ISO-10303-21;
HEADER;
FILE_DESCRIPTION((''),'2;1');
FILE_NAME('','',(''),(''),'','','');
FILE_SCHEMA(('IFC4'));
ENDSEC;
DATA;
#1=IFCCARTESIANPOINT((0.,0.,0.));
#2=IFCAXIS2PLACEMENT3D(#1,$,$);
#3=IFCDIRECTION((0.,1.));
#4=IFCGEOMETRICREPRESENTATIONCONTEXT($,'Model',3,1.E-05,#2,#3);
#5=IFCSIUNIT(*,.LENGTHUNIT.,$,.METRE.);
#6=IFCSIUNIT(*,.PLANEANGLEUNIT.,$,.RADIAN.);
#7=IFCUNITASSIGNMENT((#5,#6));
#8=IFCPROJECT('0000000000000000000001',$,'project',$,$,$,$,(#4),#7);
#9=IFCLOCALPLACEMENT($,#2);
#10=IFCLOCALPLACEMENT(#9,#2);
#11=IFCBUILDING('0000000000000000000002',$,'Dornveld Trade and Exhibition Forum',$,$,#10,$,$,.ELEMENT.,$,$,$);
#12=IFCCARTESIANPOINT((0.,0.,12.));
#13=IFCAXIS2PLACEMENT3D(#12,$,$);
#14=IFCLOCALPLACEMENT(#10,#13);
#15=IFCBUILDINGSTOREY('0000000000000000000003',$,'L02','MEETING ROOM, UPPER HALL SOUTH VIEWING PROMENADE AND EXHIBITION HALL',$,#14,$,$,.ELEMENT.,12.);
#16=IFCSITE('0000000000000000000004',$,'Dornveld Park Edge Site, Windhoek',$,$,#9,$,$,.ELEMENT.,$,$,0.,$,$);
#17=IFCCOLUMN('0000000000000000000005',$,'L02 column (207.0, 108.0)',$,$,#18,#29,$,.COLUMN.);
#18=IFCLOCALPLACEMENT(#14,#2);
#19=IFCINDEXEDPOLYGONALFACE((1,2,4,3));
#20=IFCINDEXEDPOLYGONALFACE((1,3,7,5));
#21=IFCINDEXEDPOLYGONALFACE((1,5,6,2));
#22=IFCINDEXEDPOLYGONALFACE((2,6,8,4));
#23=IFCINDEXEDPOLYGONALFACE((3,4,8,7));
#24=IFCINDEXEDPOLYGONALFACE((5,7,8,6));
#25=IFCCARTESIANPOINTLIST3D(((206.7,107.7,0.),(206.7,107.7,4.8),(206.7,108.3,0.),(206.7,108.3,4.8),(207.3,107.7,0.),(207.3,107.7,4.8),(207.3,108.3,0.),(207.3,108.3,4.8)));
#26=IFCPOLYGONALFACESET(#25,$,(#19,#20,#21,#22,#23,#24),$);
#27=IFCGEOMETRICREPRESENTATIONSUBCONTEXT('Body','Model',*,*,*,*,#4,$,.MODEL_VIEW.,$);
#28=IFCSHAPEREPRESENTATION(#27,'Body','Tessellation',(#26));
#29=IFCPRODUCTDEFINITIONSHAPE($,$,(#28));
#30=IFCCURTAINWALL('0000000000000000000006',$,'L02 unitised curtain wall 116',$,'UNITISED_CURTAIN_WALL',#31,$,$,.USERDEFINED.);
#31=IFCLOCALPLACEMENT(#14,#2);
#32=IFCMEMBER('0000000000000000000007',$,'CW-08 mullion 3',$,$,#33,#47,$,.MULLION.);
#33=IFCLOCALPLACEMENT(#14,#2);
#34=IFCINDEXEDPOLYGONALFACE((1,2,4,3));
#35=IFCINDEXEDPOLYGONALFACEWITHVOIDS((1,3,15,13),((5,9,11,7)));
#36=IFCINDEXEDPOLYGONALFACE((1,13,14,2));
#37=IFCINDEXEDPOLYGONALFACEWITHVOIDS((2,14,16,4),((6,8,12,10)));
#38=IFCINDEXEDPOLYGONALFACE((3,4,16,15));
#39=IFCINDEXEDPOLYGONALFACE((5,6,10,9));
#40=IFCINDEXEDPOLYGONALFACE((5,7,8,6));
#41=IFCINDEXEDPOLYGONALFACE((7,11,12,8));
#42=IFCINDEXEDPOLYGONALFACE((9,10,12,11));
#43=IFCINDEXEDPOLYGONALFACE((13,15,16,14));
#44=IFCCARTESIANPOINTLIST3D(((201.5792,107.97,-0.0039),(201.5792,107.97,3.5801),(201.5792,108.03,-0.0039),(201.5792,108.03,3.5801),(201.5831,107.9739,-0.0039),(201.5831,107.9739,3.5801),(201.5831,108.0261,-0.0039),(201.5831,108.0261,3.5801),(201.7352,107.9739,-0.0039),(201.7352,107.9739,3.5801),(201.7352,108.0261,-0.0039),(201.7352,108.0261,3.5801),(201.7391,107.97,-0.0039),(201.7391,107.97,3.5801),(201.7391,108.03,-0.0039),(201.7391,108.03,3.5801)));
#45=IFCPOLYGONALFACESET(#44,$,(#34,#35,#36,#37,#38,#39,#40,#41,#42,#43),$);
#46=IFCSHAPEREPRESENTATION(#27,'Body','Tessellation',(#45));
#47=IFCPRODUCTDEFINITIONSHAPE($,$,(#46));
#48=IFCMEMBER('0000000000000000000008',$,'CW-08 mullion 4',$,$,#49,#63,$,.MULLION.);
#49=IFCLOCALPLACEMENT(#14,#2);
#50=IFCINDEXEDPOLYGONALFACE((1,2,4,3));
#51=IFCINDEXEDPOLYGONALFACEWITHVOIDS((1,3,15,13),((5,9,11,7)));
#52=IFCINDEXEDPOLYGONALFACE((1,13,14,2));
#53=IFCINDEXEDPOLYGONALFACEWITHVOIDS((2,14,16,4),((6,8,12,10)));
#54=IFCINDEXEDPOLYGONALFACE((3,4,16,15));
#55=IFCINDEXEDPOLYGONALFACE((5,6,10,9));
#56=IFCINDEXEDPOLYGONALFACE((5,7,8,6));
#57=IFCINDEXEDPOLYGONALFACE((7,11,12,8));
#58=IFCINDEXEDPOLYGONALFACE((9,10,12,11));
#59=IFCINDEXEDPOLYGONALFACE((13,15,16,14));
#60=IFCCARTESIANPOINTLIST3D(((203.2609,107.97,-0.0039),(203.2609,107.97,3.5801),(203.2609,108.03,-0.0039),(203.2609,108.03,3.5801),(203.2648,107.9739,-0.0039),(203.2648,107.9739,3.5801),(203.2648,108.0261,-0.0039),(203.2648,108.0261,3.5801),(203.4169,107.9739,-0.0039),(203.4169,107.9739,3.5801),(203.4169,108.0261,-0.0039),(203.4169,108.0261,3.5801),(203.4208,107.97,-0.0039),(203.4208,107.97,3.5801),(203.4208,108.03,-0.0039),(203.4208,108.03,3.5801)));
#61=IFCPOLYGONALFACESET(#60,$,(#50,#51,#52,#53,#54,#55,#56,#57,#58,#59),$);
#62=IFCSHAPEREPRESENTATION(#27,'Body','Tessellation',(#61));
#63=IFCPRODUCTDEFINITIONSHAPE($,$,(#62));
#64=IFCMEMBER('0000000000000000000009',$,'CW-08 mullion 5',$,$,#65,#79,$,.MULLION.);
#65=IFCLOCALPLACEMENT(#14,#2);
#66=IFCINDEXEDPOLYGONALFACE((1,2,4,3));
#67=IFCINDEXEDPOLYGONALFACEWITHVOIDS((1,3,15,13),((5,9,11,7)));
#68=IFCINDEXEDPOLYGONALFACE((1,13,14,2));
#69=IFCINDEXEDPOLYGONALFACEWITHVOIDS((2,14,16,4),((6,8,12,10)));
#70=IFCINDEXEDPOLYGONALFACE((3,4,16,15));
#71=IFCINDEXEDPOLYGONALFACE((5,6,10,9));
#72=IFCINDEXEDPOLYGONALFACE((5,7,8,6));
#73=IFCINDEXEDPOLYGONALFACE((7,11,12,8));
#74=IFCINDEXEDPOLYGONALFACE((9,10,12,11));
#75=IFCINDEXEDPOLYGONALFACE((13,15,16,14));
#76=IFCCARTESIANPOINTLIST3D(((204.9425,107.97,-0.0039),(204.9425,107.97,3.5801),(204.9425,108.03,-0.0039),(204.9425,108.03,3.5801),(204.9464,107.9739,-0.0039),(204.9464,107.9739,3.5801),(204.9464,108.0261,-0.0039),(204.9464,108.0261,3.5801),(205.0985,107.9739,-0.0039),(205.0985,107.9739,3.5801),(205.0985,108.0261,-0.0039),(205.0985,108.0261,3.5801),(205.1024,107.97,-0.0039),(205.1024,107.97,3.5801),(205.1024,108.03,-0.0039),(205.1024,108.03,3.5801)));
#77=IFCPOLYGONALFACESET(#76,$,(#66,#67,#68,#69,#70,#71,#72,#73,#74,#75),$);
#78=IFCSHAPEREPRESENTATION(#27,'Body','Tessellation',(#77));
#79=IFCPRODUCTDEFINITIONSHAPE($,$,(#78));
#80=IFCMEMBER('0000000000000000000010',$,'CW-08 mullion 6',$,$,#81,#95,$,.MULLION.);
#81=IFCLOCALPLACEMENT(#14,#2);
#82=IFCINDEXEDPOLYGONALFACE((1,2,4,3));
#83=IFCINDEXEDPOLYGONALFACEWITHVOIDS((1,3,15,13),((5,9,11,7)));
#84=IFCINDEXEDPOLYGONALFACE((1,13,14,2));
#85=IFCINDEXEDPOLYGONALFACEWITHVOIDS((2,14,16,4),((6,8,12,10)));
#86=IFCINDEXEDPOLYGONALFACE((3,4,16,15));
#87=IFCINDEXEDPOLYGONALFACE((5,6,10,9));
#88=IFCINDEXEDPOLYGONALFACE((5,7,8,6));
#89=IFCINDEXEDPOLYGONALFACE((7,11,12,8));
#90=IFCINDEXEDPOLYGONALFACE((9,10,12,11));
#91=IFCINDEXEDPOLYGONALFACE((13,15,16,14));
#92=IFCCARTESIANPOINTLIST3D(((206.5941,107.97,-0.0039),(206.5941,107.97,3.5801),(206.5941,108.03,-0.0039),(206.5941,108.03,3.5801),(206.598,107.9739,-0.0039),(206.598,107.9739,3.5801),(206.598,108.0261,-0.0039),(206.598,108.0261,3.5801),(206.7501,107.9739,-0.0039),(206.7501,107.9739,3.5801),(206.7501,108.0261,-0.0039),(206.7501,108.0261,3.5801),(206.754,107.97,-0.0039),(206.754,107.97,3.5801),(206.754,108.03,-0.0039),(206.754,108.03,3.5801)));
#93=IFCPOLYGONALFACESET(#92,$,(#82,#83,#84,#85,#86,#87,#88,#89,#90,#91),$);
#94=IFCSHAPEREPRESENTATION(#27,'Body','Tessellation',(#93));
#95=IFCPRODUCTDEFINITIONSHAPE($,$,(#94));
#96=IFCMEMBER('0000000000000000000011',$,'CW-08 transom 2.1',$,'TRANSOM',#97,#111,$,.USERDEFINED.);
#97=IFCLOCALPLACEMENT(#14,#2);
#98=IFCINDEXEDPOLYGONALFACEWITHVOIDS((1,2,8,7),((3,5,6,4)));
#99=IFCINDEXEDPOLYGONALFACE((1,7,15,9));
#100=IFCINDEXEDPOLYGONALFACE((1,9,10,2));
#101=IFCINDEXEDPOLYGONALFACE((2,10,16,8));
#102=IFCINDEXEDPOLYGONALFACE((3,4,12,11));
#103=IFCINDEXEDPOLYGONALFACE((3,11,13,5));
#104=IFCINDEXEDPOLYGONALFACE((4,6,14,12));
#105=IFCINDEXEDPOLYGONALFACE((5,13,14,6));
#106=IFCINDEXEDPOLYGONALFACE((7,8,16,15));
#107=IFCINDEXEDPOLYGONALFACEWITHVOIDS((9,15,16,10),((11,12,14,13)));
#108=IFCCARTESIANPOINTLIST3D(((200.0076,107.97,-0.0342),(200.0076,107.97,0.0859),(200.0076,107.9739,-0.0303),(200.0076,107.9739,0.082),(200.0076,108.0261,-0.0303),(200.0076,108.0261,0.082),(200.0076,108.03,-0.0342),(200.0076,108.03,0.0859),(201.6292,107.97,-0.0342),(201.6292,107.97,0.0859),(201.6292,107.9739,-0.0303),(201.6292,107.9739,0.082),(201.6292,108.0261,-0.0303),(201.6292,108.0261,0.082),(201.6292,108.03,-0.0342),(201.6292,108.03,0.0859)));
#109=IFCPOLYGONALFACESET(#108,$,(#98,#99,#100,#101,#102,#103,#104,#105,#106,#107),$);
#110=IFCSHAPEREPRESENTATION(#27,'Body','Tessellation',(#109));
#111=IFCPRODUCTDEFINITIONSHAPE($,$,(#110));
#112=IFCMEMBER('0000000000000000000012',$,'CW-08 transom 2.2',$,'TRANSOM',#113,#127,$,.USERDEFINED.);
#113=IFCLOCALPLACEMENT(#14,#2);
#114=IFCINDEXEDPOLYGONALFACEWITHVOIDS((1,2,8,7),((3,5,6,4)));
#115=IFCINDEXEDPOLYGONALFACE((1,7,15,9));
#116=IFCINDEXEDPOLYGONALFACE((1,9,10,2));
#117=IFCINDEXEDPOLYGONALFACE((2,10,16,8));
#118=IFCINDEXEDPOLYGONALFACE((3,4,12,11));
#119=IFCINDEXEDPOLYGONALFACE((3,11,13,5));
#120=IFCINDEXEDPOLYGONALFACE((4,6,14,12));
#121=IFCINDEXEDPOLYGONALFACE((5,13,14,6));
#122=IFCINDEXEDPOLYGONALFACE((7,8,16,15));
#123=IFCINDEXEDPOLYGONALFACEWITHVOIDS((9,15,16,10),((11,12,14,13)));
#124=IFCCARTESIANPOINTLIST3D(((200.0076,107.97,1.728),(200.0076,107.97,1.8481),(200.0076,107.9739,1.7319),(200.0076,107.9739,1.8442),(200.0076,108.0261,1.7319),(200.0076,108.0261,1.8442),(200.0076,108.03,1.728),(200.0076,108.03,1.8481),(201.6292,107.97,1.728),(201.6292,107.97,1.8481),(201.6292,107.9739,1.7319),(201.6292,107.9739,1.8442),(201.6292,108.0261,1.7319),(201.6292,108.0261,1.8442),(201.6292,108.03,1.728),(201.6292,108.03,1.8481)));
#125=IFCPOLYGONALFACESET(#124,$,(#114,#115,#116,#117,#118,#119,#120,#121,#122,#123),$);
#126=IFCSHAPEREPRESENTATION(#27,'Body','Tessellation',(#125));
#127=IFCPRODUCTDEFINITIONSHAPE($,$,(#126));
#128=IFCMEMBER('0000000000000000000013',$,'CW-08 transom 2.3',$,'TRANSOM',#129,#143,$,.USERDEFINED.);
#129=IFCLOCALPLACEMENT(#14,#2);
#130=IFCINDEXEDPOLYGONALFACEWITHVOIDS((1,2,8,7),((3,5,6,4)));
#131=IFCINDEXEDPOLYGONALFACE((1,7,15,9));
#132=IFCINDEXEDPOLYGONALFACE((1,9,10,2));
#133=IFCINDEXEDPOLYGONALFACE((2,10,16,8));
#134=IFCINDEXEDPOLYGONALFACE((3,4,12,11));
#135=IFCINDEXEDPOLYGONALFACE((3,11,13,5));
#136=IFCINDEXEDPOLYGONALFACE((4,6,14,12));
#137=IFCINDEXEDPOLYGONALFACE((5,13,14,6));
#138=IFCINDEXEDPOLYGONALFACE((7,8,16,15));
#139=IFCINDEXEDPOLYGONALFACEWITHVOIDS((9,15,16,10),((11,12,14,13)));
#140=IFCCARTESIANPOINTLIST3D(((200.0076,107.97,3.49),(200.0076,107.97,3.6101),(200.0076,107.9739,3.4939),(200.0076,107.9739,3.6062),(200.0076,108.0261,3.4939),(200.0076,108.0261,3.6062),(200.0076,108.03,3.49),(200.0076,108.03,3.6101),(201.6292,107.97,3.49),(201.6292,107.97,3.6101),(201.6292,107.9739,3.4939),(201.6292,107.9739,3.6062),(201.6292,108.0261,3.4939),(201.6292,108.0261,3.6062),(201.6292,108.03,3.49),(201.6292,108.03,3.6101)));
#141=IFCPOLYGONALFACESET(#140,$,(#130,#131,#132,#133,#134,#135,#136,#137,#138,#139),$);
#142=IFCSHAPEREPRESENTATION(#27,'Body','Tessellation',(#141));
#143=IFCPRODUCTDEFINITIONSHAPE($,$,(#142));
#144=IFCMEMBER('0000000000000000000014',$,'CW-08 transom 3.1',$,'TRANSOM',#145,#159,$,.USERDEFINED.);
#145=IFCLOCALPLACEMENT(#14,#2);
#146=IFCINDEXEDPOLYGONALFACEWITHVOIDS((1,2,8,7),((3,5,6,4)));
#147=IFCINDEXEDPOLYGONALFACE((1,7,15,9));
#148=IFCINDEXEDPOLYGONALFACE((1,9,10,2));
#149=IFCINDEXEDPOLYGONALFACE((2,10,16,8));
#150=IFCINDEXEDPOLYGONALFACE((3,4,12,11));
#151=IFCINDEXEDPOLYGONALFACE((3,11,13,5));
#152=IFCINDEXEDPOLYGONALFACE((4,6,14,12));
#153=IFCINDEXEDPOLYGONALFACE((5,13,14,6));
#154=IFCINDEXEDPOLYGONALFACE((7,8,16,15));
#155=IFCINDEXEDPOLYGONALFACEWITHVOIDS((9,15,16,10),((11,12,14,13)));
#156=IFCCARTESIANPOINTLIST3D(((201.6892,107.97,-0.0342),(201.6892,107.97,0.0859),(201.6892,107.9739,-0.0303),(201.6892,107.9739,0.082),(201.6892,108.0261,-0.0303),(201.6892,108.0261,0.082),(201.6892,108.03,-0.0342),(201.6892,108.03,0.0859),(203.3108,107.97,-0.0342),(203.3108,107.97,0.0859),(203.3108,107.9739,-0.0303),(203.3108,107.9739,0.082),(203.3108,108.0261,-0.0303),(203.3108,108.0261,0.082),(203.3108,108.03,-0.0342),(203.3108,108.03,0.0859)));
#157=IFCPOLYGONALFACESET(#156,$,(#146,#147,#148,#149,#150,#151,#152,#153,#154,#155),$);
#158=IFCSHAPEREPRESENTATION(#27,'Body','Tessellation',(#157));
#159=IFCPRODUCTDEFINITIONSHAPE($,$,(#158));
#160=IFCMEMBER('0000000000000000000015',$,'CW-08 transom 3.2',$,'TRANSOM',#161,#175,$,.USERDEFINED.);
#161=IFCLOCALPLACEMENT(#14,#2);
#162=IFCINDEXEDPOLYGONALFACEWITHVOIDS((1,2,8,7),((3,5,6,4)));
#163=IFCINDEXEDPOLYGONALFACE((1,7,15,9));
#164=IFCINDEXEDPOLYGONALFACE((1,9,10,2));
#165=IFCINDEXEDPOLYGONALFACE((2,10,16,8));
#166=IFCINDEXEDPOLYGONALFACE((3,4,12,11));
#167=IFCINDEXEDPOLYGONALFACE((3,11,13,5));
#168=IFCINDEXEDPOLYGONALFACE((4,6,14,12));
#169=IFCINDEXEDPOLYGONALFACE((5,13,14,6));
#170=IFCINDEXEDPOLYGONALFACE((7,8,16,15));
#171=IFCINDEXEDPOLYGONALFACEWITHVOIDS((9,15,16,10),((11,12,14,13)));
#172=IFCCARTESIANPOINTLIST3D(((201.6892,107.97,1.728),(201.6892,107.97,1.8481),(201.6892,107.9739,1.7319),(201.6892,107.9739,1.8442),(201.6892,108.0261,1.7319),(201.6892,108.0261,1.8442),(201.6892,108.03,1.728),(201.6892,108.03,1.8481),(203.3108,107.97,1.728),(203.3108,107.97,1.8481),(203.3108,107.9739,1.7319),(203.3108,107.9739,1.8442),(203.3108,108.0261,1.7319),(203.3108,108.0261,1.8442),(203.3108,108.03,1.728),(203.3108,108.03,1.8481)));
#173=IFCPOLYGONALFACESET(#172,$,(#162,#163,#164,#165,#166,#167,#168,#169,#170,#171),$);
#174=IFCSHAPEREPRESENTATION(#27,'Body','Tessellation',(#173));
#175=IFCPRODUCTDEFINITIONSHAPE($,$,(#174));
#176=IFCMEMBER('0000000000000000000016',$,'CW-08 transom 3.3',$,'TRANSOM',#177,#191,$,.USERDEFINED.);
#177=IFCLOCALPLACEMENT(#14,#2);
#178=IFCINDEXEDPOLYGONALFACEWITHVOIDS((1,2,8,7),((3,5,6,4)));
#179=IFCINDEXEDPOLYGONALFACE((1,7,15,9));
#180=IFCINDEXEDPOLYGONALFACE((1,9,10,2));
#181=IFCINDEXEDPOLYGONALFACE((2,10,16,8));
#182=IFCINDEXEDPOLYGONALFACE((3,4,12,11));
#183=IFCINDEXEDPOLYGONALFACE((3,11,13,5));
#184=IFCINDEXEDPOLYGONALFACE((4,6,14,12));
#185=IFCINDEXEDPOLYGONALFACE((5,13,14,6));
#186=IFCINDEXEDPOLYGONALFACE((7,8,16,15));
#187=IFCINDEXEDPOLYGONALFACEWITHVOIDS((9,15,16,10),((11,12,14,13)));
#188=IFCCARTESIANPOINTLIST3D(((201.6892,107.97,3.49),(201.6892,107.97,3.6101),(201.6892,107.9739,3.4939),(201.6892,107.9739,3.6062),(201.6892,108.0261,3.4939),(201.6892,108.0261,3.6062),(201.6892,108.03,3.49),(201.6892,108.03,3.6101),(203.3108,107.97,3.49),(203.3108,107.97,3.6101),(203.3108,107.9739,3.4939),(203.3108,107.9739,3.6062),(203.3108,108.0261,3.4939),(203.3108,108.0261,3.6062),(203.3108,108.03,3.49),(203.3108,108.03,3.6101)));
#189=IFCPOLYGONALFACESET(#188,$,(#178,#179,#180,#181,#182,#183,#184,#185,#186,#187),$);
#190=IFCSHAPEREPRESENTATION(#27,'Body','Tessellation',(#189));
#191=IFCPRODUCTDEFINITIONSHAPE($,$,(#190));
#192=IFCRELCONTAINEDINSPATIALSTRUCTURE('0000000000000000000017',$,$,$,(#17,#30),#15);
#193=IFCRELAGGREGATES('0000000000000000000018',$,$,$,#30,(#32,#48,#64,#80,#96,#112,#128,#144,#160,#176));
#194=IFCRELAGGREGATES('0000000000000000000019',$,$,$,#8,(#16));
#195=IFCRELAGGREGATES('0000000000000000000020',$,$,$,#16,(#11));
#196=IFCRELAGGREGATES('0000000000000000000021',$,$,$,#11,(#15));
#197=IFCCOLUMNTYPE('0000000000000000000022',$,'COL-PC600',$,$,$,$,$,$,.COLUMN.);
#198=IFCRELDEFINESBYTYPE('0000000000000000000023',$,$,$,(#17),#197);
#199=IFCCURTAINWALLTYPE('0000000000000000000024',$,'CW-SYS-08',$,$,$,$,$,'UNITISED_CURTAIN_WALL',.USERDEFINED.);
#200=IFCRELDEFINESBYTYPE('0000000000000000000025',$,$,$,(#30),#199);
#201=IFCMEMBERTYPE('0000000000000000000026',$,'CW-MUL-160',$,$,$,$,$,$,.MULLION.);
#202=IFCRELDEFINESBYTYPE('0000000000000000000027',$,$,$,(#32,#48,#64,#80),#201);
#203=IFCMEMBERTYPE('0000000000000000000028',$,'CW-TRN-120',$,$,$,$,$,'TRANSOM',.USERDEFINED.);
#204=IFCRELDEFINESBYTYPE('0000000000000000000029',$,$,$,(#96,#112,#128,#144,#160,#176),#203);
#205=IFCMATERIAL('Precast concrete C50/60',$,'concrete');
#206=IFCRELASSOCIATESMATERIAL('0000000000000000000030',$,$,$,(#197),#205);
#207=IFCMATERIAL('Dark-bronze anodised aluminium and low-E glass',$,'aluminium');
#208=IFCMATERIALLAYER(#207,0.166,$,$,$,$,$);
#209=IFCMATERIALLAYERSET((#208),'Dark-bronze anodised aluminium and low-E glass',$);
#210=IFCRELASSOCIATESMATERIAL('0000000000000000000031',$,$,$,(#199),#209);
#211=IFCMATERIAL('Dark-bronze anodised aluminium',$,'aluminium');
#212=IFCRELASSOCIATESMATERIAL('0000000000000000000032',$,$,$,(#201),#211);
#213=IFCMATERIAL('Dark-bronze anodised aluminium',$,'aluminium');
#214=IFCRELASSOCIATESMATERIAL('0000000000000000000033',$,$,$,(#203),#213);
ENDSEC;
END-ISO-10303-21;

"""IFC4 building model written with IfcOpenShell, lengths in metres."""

from ifc_helpers import new_model, si_unit, direction, frame, origin, origin_2d, place, context, subcontext, project, spatial, rectangle, hollow_rectangle, extrude, material, layer, layer_set, material_profile, profile_set, type_object, element, aggregate, save


model = new_model("IFC4")

# Units and contexts
model_context = context("Model", 3, precision=1e-05, world=origin(), true_north=direction((0.0, 1.0)))
body_context = subcontext(model_context, "Body", "Model", "MODEL_VIEW")
ifc_project = project(units=[si_unit("LENGTHUNIT", "METRE"), si_unit("PLANEANGLEUNIT", "RADIAN")], contexts=[model_context])

# Site, building, storey
site_placement = place(None, origin())
site = spatial("IfcSite", under=ifc_project, at=site_placement, Name="Dornveld Park Edge Site, Windhoek", CompositionType="ELEMENT", RefElevation=0.0)
building_placement = place(site_placement, origin())
building = spatial("IfcBuilding", under=site, at=building_placement, Name="Dornveld Trade and Exhibition Forum", CompositionType="ELEMENT")
storey_placement = place(building_placement, frame((0.0, 0.0, 12.0)))
storey = spatial("IfcBuildingStorey", under=building, at=storey_placement, Name="L02", Description="MEETING ROOM, UPPER HALL SOUTH VIEWING PROMENADE AND EXHIBITION HALL", CompositionType="ELEMENT", Elevation=12.0)

# Column
ifc_material_1 = material(Name="Precast concrete C50/60", Category="concrete")
ifc_material_profile_1 = material_profile(ifc_material_1, rectangle(XDim=0.6001, YDim=0.6001, at=origin_2d()), Name="PC-COL 600x600")
ifc_profile_set_1 = profile_set([ifc_material_profile_1], Name="Precast concrete C50/60")
column_type = type_object("IfcColumnType", Name="COL-PC600", PredefinedType="COLUMN", material=ifc_profile_set_1)
column_placement = place(storey_placement, frame((207.0, 108.0, 0.0), z_axis=(0.0, 0.0, 1.0), x_axis=(1.0, 0.0, 0.0)))
element("IfcColumn", 1, at=column_placement, inside=storey, type_object=column_type, Name="L02 column (207.0, 108.0)", PredefinedType="COLUMN", context=body_context, shape_type="SweptSolid", body=[
    extrude(rectangle(XDim=0.6001, YDim=0.6001, at=origin_2d()), origin(), (0.0, 0.0, 1.0), 4.8),
])

# Curtain wall, members
ifc_material_2 = material(Name="Dark-bronze anodised aluminium and low-E glass", Category="aluminium")
ifc_layer_1 = layer(ifc_material_2, 0.166)
ifc_layer_set_1 = layer_set([ifc_layer_1], Name="Dark-bronze anodised aluminium and low-E glass")
curtain_wall_type = type_object("IfcCurtainWallType", Name="CW-SYS-08", ElementType="UNITISED_CURTAIN_WALL", PredefinedType="USERDEFINED", material=ifc_layer_set_1)
curtain_wall_placement = place(storey_placement, origin())
curtain_wall = element("IfcCurtainWall", 2, at=curtain_wall_placement, inside=storey, type_object=curtain_wall_type, Name="L02 unitised curtain wall 116", ObjectType="UNITISED_CURTAIN_WALL", PredefinedType="USERDEFINED")
ifc_material_3 = material(Name="Dark-bronze anodised aluminium", Category="aluminium")
ifc_material_profile_2 = material_profile(ifc_material_3, hollow_rectangle(XDim=0.0601, YDim=0.1599, WallThickness=0.0039, at=origin_2d()), Name="RHS 160x60x4")
ifc_profile_set_2 = profile_set([ifc_material_profile_2], Name="Dark-bronze anodised aluminium")
member_type_1 = type_object("IfcMemberType", Name="CW-MUL-160", PredefinedType="MULLION", material=ifc_profile_set_2)
member_1_placement = place(storey_placement, frame((201.6592, 108.0, -0.0039), z_axis=(0.0, 0.0, 1.0), x_axis=(0.0, 1.0, 0.0)))
member_1 = element("IfcMember", 3, at=member_1_placement, type_object=member_type_1, Name="CW-08 mullion 3", PredefinedType="MULLION", context=body_context, shape_type="SweptSolid", body=[
    extrude(hollow_rectangle(XDim=0.0601, YDim=0.1599, WallThickness=0.0039, at=origin_2d()), origin(), (0.0, 0.0, 1.0), 3.584),
])
member_2_placement = place(storey_placement, frame((203.3408, 108.0, -0.0039), z_axis=(0.0, 0.0, 1.0), x_axis=(0.0, 1.0, 0.0)))
member_2 = element("IfcMember", 4, at=member_2_placement, type_object=member_type_1, Name="CW-08 mullion 4", PredefinedType="MULLION", context=body_context, shape_type="SweptSolid", body=[
    extrude(hollow_rectangle(XDim=0.0601, YDim=0.1599, WallThickness=0.0039, at=origin_2d()), origin(), (0.0, 0.0, 1.0), 3.584),
])
member_3_placement = place(storey_placement, frame((205.0225, 108.0, -0.0039), z_axis=(0.0, 0.0, 1.0), x_axis=(0.0, 1.0, 0.0)))
member_3 = element("IfcMember", 5, at=member_3_placement, type_object=member_type_1, Name="CW-08 mullion 5", PredefinedType="MULLION", context=body_context, shape_type="SweptSolid", body=[
    extrude(hollow_rectangle(XDim=0.0601, YDim=0.1599, WallThickness=0.0039, at=origin_2d()), origin(), (0.0, 0.0, 1.0), 3.584),
])
member_4_placement = place(storey_placement, frame((206.6741, 108.0, -0.0039), z_axis=(0.0, 0.0, 1.0), x_axis=(0.0, 1.0, 0.0)))
member_4 = element("IfcMember", 6, at=member_4_placement, type_object=member_type_1, Name="CW-08 mullion 6", PredefinedType="MULLION", context=body_context, shape_type="SweptSolid", body=[
    extrude(hollow_rectangle(XDim=0.0601, YDim=0.1599, WallThickness=0.0039, at=origin_2d()), origin(), (0.0, 0.0, 1.0), 3.584),
])
ifc_material_4 = material(Name="Dark-bronze anodised aluminium", Category="aluminium")
ifc_material_profile_3 = material_profile(ifc_material_4, hollow_rectangle(XDim=0.0601, YDim=0.1201, WallThickness=0.0039, at=origin_2d()), Name="RHS 120x60x4")
ifc_profile_set_3 = profile_set([ifc_material_profile_3], Name="Dark-bronze anodised aluminium")
member_type_2 = type_object("IfcMemberType", Name="CW-TRN-120", ElementType="TRANSOM", PredefinedType="USERDEFINED", material=ifc_profile_set_3)
member_5_placement = place(storey_placement, frame((200.0076, 108.0, 0.0259), z_axis=(1.0, 0.0, 0.0), x_axis=(0.0, 1.0, 0.0)))
member_5 = element("IfcMember", 7, at=member_5_placement, type_object=member_type_2, Name="CW-08 transom 2.1", ObjectType="TRANSOM", PredefinedType="USERDEFINED", context=body_context, shape_type="SweptSolid", body=[
    extrude(hollow_rectangle(XDim=0.0601, YDim=0.1201, WallThickness=0.0039, at=origin_2d()), origin(), (0.0, 0.0, 1.0), 1.6216),
])
member_6_placement = place(storey_placement, frame((200.0076, 108.0, 1.7881), z_axis=(1.0, 0.0, 0.0), x_axis=(0.0, 1.0, 0.0)))
member_6 = element("IfcMember", 8, at=member_6_placement, type_object=member_type_2, Name="CW-08 transom 2.2", ObjectType="TRANSOM", PredefinedType="USERDEFINED", context=body_context, shape_type="SweptSolid", body=[
    extrude(hollow_rectangle(XDim=0.0601, YDim=0.1201, WallThickness=0.0039, at=origin_2d()), origin(), (0.0, 0.0, 1.0), 1.6216),
])
member_7_placement = place(storey_placement, frame((200.0076, 108.0, 3.55), z_axis=(1.0, 0.0, 0.0), x_axis=(0.0, 1.0, 0.0)))
member_7 = element("IfcMember", 9, at=member_7_placement, type_object=member_type_2, Name="CW-08 transom 2.3", ObjectType="TRANSOM", PredefinedType="USERDEFINED", context=body_context, shape_type="SweptSolid", body=[
    extrude(hollow_rectangle(XDim=0.0601, YDim=0.1201, WallThickness=0.0039, at=origin_2d()), origin(), (0.0, 0.0, 1.0), 1.6216),
])
member_8_placement = place(storey_placement, frame((201.6892, 108.0, 0.0259), z_axis=(1.0, 0.0, 0.0), x_axis=(0.0, 1.0, 0.0)))
member_8 = element("IfcMember", 10, at=member_8_placement, type_object=member_type_2, Name="CW-08 transom 3.1", ObjectType="TRANSOM", PredefinedType="USERDEFINED", context=body_context, shape_type="SweptSolid", body=[
    extrude(hollow_rectangle(XDim=0.0601, YDim=0.1201, WallThickness=0.0039, at=origin_2d()), origin(), (0.0, 0.0, 1.0), 1.6216),
])
member_9_placement = place(storey_placement, frame((201.6892, 108.0, 1.7881), z_axis=(1.0, 0.0, 0.0), x_axis=(0.0, 1.0, 0.0)))
member_9 = element("IfcMember", 11, at=member_9_placement, type_object=member_type_2, Name="CW-08 transom 3.2", ObjectType="TRANSOM", PredefinedType="USERDEFINED", context=body_context, shape_type="SweptSolid", body=[
    extrude(hollow_rectangle(XDim=0.0601, YDim=0.1201, WallThickness=0.0039, at=origin_2d()), origin(), (0.0, 0.0, 1.0), 1.6216),
])
member_10_placement = place(storey_placement, frame((201.6892, 108.0, 3.55), z_axis=(1.0, 0.0, 0.0), x_axis=(0.0, 1.0, 0.0)))
member_10 = element("IfcMember", 12, at=member_10_placement, type_object=member_type_2, Name="CW-08 transom 3.3", ObjectType="TRANSOM", PredefinedType="USERDEFINED", context=body_context, shape_type="SweptSolid", body=[
    extrude(hollow_rectangle(XDim=0.0601, YDim=0.1201, WallThickness=0.0039, at=origin_2d()), origin(), (0.0, 0.0, 1.0), 1.6216),
])
aggregate(curtain_wall, [member_1, member_2, member_3, member_4, member_5, member_6, member_7, member_8, member_9, member_10])

save(model, "model.ifc")
